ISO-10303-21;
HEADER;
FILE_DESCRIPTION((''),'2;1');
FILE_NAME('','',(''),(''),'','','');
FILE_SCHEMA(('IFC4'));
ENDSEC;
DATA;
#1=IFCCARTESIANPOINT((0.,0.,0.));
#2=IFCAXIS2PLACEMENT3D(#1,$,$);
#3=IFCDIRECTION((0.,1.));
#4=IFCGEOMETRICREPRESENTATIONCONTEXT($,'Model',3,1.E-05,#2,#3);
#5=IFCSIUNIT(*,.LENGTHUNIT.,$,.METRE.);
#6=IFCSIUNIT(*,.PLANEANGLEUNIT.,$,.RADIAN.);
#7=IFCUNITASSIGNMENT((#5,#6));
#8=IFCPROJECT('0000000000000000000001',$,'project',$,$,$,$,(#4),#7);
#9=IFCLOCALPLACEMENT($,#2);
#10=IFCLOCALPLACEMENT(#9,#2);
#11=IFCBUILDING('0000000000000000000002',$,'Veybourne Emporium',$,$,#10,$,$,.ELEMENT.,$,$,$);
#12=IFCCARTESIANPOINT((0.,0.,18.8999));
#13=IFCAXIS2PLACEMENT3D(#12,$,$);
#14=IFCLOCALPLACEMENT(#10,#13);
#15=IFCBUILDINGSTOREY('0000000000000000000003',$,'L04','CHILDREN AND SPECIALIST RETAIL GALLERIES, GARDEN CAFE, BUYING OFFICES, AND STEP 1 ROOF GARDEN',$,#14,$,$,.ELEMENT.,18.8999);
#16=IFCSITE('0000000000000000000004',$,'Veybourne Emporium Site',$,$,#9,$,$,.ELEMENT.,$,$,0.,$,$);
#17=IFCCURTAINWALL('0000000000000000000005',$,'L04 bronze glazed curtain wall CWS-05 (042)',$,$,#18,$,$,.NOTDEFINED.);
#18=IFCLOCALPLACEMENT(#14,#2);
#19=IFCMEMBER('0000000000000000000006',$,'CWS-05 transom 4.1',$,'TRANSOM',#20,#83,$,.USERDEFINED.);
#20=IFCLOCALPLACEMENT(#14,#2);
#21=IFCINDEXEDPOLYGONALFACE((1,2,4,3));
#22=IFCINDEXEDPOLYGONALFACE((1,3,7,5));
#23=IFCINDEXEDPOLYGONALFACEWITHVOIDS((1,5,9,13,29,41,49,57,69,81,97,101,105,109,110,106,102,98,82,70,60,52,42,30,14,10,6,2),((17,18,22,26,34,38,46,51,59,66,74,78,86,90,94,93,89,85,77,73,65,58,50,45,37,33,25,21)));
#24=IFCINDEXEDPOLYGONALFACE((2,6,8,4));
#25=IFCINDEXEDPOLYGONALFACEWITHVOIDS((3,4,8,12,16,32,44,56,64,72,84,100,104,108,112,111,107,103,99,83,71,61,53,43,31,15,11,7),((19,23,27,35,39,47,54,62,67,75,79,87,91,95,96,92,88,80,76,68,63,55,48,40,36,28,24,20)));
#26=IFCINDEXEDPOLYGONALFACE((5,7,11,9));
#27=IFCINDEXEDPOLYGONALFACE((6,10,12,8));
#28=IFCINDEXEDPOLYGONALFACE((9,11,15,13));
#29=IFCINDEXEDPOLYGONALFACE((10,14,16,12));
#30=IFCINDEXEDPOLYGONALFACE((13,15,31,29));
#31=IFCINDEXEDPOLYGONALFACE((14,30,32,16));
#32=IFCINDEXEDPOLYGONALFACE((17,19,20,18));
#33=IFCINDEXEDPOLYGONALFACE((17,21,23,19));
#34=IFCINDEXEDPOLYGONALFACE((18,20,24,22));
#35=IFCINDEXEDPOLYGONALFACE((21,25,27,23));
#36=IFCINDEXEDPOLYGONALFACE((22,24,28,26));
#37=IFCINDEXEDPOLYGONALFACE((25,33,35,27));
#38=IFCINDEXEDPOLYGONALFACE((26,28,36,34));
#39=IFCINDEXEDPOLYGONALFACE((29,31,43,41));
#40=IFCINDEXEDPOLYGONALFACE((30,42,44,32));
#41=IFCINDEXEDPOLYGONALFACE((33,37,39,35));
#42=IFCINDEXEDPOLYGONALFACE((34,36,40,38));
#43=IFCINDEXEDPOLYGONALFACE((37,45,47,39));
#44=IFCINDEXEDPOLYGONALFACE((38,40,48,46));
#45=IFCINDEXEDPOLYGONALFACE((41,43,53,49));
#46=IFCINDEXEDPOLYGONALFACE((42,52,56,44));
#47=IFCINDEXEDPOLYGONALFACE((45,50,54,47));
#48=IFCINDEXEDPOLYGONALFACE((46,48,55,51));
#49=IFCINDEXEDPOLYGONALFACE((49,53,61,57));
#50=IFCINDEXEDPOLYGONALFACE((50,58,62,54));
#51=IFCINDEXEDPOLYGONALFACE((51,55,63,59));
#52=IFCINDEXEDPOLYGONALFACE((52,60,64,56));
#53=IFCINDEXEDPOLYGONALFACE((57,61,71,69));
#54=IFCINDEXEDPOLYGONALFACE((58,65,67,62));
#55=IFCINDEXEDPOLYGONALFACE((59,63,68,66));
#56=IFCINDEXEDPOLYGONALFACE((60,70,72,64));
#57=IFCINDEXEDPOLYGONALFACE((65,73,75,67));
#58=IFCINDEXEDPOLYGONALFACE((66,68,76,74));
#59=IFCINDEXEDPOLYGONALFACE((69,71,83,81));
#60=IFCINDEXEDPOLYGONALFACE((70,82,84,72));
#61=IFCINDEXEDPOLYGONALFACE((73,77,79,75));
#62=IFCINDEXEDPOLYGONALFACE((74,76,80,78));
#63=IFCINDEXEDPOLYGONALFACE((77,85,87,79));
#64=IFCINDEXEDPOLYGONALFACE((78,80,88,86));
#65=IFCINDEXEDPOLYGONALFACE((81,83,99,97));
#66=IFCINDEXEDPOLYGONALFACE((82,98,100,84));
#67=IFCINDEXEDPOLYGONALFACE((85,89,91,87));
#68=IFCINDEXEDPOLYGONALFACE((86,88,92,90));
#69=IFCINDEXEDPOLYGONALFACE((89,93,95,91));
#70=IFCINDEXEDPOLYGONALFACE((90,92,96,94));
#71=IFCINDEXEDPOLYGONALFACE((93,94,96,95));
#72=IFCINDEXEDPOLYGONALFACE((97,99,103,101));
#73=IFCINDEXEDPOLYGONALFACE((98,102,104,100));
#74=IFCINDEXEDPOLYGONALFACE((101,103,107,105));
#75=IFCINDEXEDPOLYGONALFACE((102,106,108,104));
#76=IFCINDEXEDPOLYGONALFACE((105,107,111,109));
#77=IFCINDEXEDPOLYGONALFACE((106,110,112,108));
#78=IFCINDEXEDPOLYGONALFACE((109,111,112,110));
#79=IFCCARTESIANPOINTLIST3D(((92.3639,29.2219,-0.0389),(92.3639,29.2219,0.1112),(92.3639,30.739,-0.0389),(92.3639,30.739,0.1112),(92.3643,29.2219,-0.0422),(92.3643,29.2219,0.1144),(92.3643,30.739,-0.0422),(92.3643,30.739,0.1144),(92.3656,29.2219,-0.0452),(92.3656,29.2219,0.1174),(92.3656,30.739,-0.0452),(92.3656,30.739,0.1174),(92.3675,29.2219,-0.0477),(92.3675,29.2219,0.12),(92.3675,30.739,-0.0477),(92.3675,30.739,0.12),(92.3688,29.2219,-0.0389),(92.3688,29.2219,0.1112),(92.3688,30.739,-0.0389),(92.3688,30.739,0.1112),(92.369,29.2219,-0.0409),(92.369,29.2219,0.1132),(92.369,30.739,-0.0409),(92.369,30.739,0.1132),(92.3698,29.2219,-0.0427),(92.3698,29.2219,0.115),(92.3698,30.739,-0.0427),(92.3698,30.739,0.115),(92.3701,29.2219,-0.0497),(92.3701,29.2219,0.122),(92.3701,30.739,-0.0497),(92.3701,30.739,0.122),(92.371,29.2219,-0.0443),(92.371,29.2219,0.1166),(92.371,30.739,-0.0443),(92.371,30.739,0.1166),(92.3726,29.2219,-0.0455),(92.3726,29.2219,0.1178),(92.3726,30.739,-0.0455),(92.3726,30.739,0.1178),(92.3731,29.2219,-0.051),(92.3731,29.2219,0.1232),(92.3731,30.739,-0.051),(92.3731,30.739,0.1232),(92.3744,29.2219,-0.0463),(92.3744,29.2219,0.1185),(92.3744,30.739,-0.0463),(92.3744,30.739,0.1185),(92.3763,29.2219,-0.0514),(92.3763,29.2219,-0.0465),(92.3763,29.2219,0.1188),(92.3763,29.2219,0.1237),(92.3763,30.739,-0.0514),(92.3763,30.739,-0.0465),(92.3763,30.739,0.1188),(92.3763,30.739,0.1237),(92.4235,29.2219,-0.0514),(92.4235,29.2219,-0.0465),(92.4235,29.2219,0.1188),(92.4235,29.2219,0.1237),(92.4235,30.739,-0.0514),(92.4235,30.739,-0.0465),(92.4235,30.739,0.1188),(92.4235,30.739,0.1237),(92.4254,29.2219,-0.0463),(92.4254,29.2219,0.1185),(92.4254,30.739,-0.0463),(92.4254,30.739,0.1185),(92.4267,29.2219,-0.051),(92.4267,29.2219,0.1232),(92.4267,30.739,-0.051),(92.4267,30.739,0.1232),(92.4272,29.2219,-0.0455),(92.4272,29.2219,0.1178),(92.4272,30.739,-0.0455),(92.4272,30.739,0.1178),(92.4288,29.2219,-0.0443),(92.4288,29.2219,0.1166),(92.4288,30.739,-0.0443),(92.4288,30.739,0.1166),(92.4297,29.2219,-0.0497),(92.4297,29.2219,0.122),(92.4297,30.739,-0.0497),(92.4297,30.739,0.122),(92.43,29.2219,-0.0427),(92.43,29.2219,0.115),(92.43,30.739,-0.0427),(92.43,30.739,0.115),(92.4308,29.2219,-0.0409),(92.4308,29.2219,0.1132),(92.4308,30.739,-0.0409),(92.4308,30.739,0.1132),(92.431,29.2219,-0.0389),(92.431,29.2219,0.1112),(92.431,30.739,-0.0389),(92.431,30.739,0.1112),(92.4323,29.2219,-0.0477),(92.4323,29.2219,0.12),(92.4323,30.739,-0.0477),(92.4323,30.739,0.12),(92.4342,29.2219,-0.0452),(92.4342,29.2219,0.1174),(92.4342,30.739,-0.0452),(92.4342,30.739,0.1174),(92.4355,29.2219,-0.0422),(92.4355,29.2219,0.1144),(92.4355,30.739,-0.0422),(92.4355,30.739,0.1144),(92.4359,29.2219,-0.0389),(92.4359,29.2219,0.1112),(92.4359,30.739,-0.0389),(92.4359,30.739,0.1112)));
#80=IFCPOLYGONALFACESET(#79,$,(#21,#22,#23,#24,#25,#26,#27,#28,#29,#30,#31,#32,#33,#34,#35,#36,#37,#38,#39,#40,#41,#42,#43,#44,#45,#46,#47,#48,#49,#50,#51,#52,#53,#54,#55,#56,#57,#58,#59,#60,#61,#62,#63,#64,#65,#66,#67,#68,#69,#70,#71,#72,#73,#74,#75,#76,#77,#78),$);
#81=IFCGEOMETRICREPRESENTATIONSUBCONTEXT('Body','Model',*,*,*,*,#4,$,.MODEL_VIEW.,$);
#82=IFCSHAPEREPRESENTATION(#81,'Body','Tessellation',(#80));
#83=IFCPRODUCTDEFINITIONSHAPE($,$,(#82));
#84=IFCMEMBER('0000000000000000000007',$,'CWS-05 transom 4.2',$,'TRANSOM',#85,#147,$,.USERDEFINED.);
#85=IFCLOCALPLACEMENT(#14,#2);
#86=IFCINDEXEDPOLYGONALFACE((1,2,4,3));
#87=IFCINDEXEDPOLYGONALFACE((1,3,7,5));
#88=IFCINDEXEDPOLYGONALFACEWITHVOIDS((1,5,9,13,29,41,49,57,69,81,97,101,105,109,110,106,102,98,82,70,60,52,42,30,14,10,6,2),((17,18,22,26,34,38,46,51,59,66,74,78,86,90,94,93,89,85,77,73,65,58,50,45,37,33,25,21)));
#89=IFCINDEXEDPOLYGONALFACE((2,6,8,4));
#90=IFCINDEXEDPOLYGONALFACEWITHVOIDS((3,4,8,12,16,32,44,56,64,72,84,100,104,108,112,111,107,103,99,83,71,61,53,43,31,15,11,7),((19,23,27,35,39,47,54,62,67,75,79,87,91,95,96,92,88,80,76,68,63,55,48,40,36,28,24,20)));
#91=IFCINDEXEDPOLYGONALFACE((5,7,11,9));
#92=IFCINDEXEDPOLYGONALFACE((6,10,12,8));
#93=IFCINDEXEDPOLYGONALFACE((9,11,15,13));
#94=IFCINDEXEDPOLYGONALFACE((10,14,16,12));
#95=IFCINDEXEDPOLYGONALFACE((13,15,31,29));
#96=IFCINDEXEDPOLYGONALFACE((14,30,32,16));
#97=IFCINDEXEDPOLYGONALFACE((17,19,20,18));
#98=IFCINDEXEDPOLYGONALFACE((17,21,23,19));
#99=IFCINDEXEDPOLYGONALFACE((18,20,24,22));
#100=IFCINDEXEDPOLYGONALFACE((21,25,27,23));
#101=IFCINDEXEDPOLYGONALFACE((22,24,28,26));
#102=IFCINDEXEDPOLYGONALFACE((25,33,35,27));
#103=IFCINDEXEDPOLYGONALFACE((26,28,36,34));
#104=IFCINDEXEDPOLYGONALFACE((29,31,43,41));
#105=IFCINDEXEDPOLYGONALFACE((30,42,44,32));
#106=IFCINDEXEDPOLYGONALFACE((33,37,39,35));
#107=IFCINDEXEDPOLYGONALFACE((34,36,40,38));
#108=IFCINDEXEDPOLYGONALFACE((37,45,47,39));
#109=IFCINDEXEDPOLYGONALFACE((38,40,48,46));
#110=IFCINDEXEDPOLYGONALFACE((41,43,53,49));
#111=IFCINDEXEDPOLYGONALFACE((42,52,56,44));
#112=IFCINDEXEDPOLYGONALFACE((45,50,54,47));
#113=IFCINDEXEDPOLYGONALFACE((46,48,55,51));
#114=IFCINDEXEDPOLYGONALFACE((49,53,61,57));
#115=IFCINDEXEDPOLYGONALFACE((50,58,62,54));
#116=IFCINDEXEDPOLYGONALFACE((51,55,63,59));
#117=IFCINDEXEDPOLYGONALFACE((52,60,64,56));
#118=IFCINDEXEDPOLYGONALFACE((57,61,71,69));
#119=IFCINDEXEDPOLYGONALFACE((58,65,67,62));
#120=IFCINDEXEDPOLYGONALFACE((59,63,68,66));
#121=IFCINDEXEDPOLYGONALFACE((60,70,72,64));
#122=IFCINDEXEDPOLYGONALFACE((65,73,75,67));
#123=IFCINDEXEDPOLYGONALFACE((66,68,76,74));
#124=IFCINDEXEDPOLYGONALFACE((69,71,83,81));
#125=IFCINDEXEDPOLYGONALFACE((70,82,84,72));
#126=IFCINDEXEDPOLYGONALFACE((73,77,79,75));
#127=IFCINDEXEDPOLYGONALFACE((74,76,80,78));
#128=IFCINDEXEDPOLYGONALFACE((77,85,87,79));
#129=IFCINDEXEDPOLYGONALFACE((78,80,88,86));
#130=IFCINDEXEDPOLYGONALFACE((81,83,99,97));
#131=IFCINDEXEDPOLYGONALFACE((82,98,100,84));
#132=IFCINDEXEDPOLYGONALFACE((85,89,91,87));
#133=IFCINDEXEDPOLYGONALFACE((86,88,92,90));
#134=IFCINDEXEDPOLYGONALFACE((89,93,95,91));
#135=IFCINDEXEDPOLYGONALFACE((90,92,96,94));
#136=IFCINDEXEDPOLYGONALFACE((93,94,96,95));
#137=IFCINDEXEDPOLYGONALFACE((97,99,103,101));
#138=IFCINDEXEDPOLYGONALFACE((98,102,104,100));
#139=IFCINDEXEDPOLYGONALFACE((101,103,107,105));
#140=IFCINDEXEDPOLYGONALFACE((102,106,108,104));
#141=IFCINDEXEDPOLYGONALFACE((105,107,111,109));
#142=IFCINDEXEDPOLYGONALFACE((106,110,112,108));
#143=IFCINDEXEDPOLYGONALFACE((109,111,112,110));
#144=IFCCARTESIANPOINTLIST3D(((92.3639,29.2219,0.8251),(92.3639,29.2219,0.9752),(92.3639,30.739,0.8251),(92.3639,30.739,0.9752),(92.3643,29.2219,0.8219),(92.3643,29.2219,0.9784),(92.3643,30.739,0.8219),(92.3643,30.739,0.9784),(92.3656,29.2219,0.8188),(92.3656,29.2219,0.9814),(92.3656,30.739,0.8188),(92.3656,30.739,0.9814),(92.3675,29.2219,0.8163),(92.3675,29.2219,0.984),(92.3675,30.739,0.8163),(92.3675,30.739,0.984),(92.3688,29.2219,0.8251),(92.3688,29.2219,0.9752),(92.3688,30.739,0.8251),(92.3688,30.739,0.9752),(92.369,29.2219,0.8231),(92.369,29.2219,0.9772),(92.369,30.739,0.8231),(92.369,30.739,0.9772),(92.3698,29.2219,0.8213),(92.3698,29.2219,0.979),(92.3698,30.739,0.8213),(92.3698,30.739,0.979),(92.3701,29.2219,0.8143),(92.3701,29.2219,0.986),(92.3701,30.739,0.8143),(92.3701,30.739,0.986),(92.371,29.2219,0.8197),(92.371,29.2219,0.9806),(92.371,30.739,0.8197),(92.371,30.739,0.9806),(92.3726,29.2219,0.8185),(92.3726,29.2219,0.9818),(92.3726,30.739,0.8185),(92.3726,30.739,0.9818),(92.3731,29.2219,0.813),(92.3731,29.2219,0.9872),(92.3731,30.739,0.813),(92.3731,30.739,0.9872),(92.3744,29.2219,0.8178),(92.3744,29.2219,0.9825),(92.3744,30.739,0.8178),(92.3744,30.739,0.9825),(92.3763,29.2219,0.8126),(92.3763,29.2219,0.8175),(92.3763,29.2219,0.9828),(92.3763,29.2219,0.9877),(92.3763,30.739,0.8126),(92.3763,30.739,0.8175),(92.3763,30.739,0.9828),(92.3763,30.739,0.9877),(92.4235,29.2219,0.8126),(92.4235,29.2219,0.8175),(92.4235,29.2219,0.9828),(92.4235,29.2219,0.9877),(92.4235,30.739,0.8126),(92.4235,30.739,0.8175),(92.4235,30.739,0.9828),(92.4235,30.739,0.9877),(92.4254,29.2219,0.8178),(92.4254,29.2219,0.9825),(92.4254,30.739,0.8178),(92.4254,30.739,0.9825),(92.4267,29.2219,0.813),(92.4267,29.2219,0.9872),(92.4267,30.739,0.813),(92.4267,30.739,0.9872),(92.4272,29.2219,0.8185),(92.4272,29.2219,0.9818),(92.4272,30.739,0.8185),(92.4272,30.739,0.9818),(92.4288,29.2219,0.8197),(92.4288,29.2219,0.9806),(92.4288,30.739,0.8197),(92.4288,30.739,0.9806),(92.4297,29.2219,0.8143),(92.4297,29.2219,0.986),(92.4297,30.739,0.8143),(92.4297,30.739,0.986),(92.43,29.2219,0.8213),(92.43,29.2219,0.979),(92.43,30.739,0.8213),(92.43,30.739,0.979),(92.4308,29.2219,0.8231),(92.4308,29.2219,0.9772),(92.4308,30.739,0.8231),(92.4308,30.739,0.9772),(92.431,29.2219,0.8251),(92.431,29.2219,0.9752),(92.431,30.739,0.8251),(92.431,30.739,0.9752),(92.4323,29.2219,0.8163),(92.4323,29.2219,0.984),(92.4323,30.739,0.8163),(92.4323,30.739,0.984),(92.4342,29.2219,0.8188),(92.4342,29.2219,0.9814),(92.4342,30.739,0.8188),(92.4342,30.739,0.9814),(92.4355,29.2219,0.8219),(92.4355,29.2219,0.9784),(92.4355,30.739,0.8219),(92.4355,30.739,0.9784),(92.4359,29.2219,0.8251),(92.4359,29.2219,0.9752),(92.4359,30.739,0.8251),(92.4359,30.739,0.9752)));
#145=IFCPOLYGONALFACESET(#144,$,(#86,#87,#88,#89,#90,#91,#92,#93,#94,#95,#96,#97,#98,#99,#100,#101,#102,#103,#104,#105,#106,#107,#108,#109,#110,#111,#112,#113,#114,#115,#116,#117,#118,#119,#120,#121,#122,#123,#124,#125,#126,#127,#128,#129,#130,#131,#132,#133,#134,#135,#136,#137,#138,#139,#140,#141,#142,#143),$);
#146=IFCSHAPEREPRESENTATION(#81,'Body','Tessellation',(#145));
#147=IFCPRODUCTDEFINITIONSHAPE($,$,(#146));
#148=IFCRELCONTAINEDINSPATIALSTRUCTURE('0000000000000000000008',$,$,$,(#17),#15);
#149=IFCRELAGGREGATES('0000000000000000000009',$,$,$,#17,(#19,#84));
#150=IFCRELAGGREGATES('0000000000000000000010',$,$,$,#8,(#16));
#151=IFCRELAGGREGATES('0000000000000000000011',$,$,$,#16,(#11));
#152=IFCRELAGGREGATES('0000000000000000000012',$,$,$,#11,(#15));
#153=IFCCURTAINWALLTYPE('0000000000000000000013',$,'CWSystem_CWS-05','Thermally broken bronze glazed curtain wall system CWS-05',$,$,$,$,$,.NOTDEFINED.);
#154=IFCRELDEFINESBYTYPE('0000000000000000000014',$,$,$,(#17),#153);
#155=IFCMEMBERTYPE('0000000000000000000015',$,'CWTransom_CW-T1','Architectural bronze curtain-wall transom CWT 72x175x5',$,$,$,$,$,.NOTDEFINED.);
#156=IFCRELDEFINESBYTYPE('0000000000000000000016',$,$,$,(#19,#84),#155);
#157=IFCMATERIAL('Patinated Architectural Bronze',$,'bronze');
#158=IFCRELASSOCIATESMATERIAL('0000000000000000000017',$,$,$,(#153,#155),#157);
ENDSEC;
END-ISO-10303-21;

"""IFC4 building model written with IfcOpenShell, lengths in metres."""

from ifc_helpers import new_model, si_unit, direction, frame, origin, origin_2d, place, context, subcontext, project, spatial, hollow_rectangle, extrude, material, material_profile, profile_set, type_object, element, aggregate, save


model = new_model("IFC4")

# Units and contexts
model_context = context("Model", 3, precision=1e-05, world=origin(), true_north=direction((0.0, 1.0)))
body_context = subcontext(model_context, "Body", "Model", "MODEL_VIEW")
ifc_project = project(units=[si_unit("LENGTHUNIT", "METRE"), si_unit("PLANEANGLEUNIT", "RADIAN")], contexts=[model_context])

# Site, building, storey
site_placement = place(None, origin())
site = spatial("IfcSite", under=ifc_project, at=site_placement, Name="Veybourne Emporium Site", CompositionType="ELEMENT", RefElevation=0.0)
building_placement = place(site_placement, origin())
building = spatial("IfcBuilding", under=site, at=building_placement, Name="Veybourne Emporium", CompositionType="ELEMENT")
storey_placement = place(building_placement, frame((0.0, 0.0, 18.8999)))
storey = spatial("IfcBuildingStorey", under=building, at=storey_placement, Name="L04", Description="CHILDREN AND SPECIALIST RETAIL GALLERIES, GARDEN CAFE, BUYING OFFICES, AND STEP 1 ROOF GARDEN", CompositionType="ELEMENT", Elevation=18.8999)

# Curtain wall, members
ifc_material_1 = material(Name="Patinated Architectural Bronze", Category="bronze")
curtain_wall_type = type_object("IfcCurtainWallType", Name="CWSystem_CWS-05", Description="Thermally broken bronze glazed curtain wall system CWS-05", PredefinedType="NOTDEFINED", material=ifc_material_1)
curtain_wall_placement = place(storey_placement, origin())
curtain_wall = element("IfcCurtainWall", 1, at=curtain_wall_placement, inside=storey, type_object=curtain_wall_type, Name="L04 bronze glazed curtain wall CWS-05 (042)", PredefinedType="NOTDEFINED")
ifc_material_profile_1 = material_profile(ifc_material_1, hollow_rectangle(XDim=0.072, YDim=0.175, WallThickness=0.0049, InnerFilletRadius=0.0076, OuterFilletRadius=0.0125, at=origin_2d()), Name="CWT 72x175x5")
ifc_profile_set_1 = profile_set([ifc_material_profile_1], Name="Patinated Architectural Bronze")
member_type_1 = type_object("IfcMemberType", Name="CWTransom_CW-T1", Description="Architectural bronze curtain-wall transom CWT 72x175x5", PredefinedType="NOTDEFINED", material=ifc_profile_set_1)
member_1_placement = place(storey_placement, frame((92.3999, 30.739, 0.0361), z_axis=(0.0, -1.0, 0.0), x_axis=(1.0, 0.0, 0.0)))
member_1 = element("IfcMember", 2, at=member_1_placement, type_object=member_type_1, Name="CWS-05 transom 4.1", ObjectType="TRANSOM", PredefinedType="USERDEFINED", context=body_context, shape_type="SweptSolid", body=[
    extrude(hollow_rectangle(XDim=0.072, YDim=0.175, WallThickness=0.0049, InnerFilletRadius=0.0076, OuterFilletRadius=0.0125, at=origin_2d()), origin(), (0.0, 0.0, 1.0), 1.5171),
])
member_2_placement = place(storey_placement, frame((92.3999, 30.739, 0.9001), z_axis=(0.0, -1.0, 0.0), x_axis=(1.0, 0.0, 0.0)))
member_2 = element("IfcMember", 3, at=member_2_placement, type_object=member_type_1, Name="CWS-05 transom 4.2", ObjectType="TRANSOM", PredefinedType="USERDEFINED", context=body_context, shape_type="SweptSolid", body=[
    extrude(hollow_rectangle(XDim=0.072, YDim=0.175, WallThickness=0.0049, InnerFilletRadius=0.0076, OuterFilletRadius=0.0125, at=origin_2d()), origin(), (0.0, 0.0, 1.0), 1.5171),
])
aggregate(curtain_wall, [member_1, member_2])

save(model, "model.ifc")
